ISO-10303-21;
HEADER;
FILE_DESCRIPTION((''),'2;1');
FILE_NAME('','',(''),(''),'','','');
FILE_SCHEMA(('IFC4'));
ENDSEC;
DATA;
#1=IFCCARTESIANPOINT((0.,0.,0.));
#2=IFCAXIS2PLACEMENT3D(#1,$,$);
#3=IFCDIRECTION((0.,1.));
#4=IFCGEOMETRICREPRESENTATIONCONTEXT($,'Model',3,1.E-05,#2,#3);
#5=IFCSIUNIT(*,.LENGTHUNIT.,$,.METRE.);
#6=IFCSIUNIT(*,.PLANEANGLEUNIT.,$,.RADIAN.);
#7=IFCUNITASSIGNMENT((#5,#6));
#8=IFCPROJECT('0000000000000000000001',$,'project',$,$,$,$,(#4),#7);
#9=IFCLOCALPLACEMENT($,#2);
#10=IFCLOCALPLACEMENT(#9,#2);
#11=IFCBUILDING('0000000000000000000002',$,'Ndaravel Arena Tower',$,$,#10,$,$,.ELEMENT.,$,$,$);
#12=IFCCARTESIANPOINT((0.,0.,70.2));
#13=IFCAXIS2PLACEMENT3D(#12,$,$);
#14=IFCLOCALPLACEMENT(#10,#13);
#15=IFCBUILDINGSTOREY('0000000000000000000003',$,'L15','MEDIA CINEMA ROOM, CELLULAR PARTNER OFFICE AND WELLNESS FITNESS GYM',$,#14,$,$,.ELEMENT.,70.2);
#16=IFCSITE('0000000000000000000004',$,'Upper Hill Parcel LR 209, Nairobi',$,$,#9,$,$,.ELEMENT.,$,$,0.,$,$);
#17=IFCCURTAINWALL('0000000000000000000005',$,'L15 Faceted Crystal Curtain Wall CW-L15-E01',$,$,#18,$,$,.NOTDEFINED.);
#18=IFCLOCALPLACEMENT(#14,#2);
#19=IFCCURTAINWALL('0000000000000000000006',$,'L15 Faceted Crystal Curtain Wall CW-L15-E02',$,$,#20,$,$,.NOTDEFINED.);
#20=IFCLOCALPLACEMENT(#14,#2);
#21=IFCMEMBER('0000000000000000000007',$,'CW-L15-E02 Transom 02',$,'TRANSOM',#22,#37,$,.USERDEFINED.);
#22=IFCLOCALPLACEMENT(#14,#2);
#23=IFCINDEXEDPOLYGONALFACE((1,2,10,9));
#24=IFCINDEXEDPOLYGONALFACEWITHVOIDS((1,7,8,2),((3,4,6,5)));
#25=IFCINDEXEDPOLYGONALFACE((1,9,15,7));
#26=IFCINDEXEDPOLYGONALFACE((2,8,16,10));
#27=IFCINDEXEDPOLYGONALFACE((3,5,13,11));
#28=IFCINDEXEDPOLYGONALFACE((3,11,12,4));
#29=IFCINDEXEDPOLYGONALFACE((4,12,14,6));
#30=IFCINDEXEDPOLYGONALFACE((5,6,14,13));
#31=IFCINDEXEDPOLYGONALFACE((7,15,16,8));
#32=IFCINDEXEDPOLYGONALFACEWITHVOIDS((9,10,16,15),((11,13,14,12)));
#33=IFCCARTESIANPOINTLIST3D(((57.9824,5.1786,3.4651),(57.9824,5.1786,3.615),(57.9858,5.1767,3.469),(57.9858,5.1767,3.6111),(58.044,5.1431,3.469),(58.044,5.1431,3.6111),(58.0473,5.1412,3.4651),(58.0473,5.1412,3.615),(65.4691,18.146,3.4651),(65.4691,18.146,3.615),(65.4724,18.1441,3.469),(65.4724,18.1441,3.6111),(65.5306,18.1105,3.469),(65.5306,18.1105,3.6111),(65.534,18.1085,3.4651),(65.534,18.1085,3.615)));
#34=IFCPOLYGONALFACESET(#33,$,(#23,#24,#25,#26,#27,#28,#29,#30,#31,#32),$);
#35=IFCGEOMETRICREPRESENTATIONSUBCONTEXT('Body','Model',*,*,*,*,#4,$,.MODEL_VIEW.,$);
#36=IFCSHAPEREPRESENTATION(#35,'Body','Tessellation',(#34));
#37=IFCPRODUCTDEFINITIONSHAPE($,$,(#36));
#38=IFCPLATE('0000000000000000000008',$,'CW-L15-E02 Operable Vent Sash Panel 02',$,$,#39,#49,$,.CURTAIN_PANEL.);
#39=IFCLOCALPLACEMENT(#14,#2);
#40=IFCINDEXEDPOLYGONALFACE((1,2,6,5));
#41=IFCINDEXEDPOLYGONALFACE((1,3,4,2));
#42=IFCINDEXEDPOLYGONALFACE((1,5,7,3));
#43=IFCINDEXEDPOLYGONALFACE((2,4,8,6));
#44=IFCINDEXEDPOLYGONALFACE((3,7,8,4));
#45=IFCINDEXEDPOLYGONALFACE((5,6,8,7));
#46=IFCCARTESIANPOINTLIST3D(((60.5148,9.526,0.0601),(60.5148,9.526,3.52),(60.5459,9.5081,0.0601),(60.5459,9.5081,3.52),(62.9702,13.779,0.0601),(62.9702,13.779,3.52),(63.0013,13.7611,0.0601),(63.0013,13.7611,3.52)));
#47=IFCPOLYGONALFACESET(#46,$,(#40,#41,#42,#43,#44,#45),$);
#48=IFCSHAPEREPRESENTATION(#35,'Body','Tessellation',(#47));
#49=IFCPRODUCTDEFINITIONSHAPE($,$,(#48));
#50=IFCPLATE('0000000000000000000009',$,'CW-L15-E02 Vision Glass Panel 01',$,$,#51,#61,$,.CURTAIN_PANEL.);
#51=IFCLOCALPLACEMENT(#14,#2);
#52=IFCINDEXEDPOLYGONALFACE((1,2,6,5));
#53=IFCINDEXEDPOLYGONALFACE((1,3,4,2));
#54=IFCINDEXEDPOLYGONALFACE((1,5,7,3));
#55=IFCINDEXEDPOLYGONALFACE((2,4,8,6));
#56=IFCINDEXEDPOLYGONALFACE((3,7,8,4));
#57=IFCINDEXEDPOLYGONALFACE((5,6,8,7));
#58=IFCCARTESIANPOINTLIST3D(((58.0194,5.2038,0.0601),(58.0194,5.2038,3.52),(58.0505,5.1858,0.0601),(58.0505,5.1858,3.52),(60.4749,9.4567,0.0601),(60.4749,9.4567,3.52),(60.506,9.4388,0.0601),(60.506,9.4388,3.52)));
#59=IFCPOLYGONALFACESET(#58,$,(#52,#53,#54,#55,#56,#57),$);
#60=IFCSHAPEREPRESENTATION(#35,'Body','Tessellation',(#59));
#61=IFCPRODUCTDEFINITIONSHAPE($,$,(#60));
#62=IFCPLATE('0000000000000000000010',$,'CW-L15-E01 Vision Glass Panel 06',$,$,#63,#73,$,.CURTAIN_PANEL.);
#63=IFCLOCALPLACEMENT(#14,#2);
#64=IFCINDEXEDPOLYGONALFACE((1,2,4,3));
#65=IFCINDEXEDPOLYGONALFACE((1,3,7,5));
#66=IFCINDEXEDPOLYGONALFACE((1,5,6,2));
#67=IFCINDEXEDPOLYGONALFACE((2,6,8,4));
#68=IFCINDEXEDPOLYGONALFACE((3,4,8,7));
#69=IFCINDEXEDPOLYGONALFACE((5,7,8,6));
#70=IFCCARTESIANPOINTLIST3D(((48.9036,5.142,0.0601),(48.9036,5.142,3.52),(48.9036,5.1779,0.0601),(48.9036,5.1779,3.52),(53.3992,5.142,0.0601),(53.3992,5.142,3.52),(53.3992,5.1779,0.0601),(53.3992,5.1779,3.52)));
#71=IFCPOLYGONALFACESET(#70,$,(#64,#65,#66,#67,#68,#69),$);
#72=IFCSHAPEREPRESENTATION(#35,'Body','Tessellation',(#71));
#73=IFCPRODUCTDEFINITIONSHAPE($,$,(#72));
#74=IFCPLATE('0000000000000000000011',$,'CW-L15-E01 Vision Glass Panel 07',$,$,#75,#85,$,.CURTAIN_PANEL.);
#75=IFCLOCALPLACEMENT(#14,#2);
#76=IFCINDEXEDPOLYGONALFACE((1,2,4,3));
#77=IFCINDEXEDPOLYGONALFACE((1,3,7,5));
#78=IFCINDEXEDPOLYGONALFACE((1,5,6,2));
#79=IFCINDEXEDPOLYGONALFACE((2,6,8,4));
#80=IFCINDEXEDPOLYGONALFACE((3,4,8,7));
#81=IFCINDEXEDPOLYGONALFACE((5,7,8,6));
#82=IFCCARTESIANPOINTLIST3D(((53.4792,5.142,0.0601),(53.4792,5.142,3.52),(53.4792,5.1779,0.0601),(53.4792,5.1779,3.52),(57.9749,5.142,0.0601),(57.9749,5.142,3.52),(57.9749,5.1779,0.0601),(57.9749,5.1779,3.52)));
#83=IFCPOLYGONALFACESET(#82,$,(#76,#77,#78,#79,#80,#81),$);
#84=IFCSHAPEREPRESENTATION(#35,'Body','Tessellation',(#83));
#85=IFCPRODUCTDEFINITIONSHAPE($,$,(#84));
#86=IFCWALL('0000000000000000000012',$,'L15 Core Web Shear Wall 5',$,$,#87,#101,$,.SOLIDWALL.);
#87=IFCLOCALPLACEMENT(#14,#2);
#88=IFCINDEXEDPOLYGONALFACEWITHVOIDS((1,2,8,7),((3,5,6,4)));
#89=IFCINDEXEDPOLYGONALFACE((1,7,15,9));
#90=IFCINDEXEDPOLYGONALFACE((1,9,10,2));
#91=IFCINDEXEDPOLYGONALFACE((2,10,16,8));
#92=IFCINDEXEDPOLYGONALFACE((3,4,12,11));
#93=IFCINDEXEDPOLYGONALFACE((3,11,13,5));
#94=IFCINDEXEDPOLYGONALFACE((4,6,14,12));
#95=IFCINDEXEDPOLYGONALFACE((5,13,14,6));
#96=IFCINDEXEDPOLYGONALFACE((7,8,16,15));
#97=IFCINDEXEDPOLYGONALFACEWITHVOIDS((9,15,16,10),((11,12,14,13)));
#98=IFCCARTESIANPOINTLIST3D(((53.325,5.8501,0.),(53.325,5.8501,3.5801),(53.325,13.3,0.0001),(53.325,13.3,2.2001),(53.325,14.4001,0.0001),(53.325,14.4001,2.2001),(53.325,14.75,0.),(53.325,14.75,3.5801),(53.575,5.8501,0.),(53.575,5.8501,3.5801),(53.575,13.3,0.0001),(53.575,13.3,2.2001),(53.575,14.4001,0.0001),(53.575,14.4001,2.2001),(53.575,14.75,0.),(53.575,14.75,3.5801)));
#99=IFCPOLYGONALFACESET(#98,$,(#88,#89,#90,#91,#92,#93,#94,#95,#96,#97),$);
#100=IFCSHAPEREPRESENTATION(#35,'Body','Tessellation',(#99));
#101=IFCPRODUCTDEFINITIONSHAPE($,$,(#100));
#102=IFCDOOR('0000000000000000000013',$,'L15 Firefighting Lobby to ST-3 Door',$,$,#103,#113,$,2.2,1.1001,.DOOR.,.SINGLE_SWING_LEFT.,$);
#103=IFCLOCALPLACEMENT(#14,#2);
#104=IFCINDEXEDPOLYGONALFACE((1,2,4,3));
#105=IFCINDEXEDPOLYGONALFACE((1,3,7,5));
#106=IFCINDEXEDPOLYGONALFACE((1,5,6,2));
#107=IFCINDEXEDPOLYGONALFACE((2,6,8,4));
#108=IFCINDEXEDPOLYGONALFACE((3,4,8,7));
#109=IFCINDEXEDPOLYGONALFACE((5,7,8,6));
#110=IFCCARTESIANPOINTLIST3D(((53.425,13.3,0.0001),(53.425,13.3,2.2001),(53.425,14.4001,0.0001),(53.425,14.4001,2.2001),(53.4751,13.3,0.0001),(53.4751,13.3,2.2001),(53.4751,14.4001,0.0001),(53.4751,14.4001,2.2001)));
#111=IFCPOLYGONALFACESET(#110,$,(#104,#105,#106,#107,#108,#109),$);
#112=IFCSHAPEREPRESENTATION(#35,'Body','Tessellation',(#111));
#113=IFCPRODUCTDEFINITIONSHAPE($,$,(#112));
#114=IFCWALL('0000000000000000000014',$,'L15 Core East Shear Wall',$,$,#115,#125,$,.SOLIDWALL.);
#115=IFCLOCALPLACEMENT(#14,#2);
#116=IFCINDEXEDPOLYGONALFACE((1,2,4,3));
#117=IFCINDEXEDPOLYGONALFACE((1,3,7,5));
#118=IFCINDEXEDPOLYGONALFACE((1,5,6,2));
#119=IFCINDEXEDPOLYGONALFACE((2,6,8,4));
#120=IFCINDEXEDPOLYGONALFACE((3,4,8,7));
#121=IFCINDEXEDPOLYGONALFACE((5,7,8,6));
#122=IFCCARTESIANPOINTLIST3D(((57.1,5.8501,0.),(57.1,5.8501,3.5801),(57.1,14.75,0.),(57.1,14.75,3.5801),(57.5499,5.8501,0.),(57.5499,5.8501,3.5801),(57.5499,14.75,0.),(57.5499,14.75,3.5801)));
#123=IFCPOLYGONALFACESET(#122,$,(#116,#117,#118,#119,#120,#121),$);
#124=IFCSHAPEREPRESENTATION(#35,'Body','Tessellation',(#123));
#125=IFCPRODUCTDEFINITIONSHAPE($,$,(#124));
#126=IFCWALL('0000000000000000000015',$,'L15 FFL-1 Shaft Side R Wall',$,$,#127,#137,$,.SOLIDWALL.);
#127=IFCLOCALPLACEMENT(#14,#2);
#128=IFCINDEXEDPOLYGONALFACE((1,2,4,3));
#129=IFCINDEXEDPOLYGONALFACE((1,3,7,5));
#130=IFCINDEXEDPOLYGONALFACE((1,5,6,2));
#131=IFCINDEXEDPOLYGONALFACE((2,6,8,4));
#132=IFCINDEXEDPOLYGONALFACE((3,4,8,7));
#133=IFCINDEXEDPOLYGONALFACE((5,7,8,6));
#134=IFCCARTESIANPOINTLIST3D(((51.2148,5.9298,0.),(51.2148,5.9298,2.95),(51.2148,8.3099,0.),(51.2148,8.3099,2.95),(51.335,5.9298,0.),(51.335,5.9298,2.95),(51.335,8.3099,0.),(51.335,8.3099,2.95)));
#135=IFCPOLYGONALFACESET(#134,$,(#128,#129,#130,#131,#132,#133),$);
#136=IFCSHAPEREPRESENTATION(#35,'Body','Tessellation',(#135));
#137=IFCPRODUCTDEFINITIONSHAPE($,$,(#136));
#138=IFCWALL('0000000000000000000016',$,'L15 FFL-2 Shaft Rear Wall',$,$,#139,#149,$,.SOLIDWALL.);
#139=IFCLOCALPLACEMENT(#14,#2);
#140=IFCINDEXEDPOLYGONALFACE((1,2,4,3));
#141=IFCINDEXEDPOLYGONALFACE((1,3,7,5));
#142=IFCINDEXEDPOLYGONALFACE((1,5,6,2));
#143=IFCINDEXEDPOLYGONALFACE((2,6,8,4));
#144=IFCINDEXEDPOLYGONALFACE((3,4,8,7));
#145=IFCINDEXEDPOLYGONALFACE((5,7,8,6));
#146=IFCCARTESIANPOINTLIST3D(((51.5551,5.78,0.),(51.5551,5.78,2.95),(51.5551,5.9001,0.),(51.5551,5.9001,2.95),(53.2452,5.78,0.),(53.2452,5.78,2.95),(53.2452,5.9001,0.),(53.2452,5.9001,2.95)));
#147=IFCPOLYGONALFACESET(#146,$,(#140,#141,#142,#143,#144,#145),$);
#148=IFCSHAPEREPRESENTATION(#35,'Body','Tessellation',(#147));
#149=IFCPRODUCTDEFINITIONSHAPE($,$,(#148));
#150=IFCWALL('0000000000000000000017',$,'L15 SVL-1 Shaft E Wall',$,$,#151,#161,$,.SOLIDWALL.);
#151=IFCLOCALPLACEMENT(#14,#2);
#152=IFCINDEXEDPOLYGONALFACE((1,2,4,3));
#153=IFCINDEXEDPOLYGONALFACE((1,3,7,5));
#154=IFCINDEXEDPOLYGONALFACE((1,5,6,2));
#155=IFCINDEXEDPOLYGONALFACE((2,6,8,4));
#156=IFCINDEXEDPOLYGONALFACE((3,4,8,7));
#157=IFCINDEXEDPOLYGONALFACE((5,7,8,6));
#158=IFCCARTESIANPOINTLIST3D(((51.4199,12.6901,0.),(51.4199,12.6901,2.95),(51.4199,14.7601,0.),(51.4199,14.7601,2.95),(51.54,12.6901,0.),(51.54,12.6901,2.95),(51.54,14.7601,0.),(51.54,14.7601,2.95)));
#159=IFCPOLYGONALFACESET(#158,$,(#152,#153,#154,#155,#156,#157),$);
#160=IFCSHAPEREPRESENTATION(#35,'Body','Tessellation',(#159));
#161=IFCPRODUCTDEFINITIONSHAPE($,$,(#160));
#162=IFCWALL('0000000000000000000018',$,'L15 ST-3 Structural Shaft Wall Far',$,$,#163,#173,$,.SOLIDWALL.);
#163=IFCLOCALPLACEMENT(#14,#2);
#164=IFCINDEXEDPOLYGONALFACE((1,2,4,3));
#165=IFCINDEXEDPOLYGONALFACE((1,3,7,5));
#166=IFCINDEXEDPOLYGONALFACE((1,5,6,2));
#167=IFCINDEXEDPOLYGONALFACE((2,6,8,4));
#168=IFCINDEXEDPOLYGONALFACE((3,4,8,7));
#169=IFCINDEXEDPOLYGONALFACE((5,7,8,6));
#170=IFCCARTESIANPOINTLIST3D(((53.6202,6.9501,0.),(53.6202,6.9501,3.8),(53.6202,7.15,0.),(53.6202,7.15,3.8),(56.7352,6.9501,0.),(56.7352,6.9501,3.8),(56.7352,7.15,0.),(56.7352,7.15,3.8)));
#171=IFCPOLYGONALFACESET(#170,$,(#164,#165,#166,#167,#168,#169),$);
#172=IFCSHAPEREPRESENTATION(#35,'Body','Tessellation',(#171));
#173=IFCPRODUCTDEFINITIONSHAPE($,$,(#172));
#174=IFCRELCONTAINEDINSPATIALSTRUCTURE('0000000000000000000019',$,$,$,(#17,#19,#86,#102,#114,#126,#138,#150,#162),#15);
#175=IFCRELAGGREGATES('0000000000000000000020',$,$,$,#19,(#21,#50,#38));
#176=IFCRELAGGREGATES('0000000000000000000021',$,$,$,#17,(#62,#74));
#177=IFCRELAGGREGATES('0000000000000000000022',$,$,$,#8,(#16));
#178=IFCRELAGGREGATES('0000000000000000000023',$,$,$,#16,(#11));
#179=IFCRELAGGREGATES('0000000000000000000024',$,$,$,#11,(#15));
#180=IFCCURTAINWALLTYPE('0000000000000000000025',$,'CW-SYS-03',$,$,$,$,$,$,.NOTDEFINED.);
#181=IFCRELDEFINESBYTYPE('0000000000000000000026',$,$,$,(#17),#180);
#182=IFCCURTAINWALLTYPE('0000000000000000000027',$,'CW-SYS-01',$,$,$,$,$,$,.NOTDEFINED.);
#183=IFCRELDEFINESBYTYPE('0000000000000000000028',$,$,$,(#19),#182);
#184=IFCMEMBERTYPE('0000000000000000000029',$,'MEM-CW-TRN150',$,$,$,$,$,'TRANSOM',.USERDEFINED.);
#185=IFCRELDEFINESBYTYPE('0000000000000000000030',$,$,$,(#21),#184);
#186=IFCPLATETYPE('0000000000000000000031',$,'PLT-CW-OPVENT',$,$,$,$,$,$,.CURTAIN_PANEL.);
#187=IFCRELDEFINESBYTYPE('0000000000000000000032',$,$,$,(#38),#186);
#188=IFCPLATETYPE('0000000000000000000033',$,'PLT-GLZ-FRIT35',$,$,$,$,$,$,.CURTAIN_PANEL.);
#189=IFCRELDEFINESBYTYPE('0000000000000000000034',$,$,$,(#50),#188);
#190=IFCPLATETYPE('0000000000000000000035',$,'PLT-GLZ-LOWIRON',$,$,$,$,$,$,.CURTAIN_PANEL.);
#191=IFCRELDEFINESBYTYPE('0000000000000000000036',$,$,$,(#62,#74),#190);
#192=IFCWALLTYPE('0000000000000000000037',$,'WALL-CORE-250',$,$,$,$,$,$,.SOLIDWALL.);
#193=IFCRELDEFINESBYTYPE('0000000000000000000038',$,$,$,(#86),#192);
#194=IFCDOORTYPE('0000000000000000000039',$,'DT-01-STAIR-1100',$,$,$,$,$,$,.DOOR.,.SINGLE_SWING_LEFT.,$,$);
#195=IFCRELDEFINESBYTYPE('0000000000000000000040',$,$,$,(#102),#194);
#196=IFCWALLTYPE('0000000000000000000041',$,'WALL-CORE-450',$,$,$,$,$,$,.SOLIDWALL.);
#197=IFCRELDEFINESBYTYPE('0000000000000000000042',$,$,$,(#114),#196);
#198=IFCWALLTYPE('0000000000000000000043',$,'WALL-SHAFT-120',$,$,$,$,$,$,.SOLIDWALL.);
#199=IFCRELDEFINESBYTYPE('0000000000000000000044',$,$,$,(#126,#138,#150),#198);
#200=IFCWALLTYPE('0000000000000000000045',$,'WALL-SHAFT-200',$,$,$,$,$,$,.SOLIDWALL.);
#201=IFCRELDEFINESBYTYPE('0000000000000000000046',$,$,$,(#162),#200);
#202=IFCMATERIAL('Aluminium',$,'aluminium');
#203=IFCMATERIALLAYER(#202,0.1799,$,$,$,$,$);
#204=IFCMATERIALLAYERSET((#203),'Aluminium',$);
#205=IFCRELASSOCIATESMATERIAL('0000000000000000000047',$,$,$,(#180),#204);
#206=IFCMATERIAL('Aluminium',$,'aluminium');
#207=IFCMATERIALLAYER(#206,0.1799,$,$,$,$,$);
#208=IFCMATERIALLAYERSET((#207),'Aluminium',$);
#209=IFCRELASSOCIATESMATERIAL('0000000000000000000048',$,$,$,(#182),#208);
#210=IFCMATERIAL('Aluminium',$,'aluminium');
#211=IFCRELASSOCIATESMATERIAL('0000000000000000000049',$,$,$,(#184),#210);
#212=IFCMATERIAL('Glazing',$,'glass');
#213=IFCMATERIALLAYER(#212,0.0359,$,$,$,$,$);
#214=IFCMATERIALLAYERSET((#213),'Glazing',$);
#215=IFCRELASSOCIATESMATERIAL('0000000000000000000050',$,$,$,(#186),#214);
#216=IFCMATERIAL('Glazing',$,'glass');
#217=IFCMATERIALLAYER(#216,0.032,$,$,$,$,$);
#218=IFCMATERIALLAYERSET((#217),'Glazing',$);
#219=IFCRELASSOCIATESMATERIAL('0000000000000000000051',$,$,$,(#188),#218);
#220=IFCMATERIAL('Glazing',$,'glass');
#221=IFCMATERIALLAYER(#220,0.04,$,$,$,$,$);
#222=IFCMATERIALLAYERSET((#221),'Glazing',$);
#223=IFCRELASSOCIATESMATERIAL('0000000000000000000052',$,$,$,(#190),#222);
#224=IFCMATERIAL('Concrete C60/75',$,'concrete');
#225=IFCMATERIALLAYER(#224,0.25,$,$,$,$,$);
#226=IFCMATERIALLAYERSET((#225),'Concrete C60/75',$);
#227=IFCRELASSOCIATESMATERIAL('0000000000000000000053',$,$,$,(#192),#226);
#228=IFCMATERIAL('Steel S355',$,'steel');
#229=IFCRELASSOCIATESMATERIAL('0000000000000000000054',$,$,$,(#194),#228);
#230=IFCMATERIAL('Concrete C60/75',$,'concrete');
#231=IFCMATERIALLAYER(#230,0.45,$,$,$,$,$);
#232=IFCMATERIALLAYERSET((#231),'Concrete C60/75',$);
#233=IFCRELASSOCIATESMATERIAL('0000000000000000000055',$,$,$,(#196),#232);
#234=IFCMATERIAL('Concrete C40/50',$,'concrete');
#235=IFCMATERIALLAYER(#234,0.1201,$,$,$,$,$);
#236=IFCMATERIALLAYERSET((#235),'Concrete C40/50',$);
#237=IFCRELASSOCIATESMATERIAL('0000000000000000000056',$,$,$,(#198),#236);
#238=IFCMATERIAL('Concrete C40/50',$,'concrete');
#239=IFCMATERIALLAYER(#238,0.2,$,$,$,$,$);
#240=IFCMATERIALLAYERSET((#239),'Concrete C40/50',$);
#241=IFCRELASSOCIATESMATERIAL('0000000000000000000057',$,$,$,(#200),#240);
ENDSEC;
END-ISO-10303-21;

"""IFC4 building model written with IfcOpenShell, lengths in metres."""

from ifc_helpers import new_model, si_unit, direction, frame, frame_2d, origin, origin_2d, place, context, subcontext, project, spatial, rectangle, hollow_rectangle, extrude, material, layer, layer_set, material_profile, profile_set, type_object, element, fill, aggregate, save


model = new_model("IFC4")

# Units and contexts
model_context = context("Model", 3, precision=1e-05, world=origin(), true_north=direction((0.0, 1.0)))
body_context = subcontext(model_context, "Body", "Model", "MODEL_VIEW")
ifc_project = project(units=[si_unit("LENGTHUNIT", "METRE"), si_unit("PLANEANGLEUNIT", "RADIAN")], contexts=[model_context])

# Site, building, storey
site_placement = place(None, origin())
site = spatial("IfcSite", under=ifc_project, at=site_placement, Name="Upper Hill Parcel LR 209, Nairobi", CompositionType="ELEMENT", RefElevation=0.0)
building_placement = place(site_placement, origin())
building = spatial("IfcBuilding", under=site, at=building_placement, Name="Ndaravel Arena Tower", CompositionType="ELEMENT")
storey_placement = place(building_placement, frame((0.0, 0.0, 70.2)))
storey = spatial("IfcBuildingStorey", under=building, at=storey_placement, Name="L15", Description="MEDIA CINEMA ROOM, CELLULAR PARTNER OFFICE AND WELLNESS FITNESS GYM", CompositionType="ELEMENT", Elevation=70.2)

# Curtain wall
ifc_material_1 = material(Name="Aluminium", Category="aluminium")
ifc_layer_1 = layer(ifc_material_1, 0.1799)
ifc_layer_set_1 = layer_set([ifc_layer_1], Name="Aluminium")
curtain_wall_type_1 = type_object("IfcCurtainWallType", Name="CW-SYS-03", PredefinedType="NOTDEFINED", material=ifc_layer_set_1)
curtain_wall_1_placement = place(storey_placement, origin())
curtain_wall_1 = element("IfcCurtainWall", 1, at=curtain_wall_1_placement, inside=storey, type_object=curtain_wall_type_1, Name="L15 Faceted Crystal Curtain Wall CW-L15-E01", PredefinedType="NOTDEFINED")

# Curtain wall, member, plates
ifc_material_2 = material(Name="Aluminium", Category="aluminium")
ifc_layer_2 = layer(ifc_material_2, 0.1799)
ifc_layer_set_2 = layer_set([ifc_layer_2], Name="Aluminium")
curtain_wall_type_2 = type_object("IfcCurtainWallType", Name="CW-SYS-01", PredefinedType="NOTDEFINED", material=ifc_layer_set_2)
curtain_wall_2_placement = place(storey_placement, origin())
curtain_wall_2 = element("IfcCurtainWall", 2, at=curtain_wall_2_placement, inside=storey, type_object=curtain_wall_type_2, Name="L15 Faceted Crystal Curtain Wall CW-L15-E02", PredefinedType="NOTDEFINED")
ifc_material_3 = material(Name="Aluminium", Category="aluminium")
ifc_material_profile_1 = material_profile(ifc_material_3, hollow_rectangle(XDim=0.075, YDim=0.1499, WallThickness=0.0039, at=origin_2d()), Name="CW TRANSOM 75x150x4")
ifc_profile_set_1 = profile_set([ifc_material_profile_1], Name="Aluminium")
member_type_1 = type_object("IfcMemberType", Name="MEM-CW-TRN150", ElementType="TRANSOM", PredefinedType="USERDEFINED", material=ifc_profile_set_1)
member_1_placement = place(storey_placement, frame((58.0149, 5.1599, 3.54), z_axis=(0.499995, 0.866028, 0.0), x_axis=(-0.866028, 0.499995, 0.0)))
member_1 = element("IfcMember", 3, at=member_1_placement, type_object=member_type_1, Name="CW-L15-E02 Transom 02", ObjectType="TRANSOM", PredefinedType="USERDEFINED", context=body_context, shape_type="SweptSolid", body=[
    extrude(hollow_rectangle(XDim=0.075, YDim=0.1499, WallThickness=0.0039, at=origin_2d()), origin(), (0.0, 0.0, 1.0), 14.9734),
])
ifc_material_4 = material(Name="Glazing", Category="glass")
ifc_layer_3 = layer(ifc_material_4, 0.0359)
ifc_layer_set_3 = layer_set([ifc_layer_3], Name="Glazing")
plate_type_1 = type_object("IfcPlateType", Name="PLT-CW-OPVENT", PredefinedType="CURTAIN_PANEL", material=ifc_layer_set_3)
plate_1_placement = place(storey_placement, frame((61.7581, 11.6436, 0.0601), z_axis=(0.0, 0.0, 1.0), x_axis=(0.5, 0.866025, 0.0)))
plate_1 = element("IfcPlate", 4, at=plate_1_placement, type_object=plate_type_1, Name="CW-L15-E02 Operable Vent Sash Panel 02", PredefinedType="CURTAIN_PANEL", context=body_context, shape_type="SweptSolid", body=[
    extrude(rectangle(XDim=4.9109, YDim=0.0359, at=origin_2d()), origin(), (0.0, 0.0, 1.0), 3.46),
])
ifc_material_5 = material(Name="Glazing", Category="glass")
ifc_layer_4 = layer(ifc_material_5, 0.032)
ifc_layer_set_4 = layer_set([ifc_layer_4], Name="Glazing")
plate_type_2 = type_object("IfcPlateType", Name="PLT-GLZ-FRIT35", PredefinedType="CURTAIN_PANEL", material=ifc_layer_set_4)
plate_2_placement = place(storey_placement, frame((59.2627, 7.3213, 0.0601), z_axis=(0.0, 0.0, 1.0), x_axis=(0.5, 0.866025, 0.0)))
plate_2 = element("IfcPlate", 5, at=plate_2_placement, type_object=plate_type_2, Name="CW-L15-E02 Vision Glass Panel 01", PredefinedType="CURTAIN_PANEL", context=body_context, shape_type="SweptSolid", body=[
    extrude(rectangle(XDim=4.9109, YDim=0.0359, at=origin_2d()), origin(), (0.0, 0.0, 1.0), 3.46),
])
aggregate(curtain_wall_2, [member_1, plate_2, plate_1])

# Plates
ifc_material_6 = material(Name="Glazing", Category="glass")
ifc_layer_5 = layer(ifc_material_6, 0.04)
ifc_layer_set_5 = layer_set([ifc_layer_5], Name="Glazing")
plate_type_3 = type_object("IfcPlateType", Name="PLT-GLZ-LOWIRON", PredefinedType="CURTAIN_PANEL", material=ifc_layer_set_5)
plate_3_placement = place(storey_placement, frame((51.1514, 5.1599, 0.0601), z_axis=(0.0, 0.0, 1.0), x_axis=(1.0, 0.0, 0.0)))
plate_3 = element("IfcPlate", 6, at=plate_3_placement, type_object=plate_type_3, Name="CW-L15-E01 Vision Glass Panel 06", PredefinedType="CURTAIN_PANEL", context=body_context, shape_type="SweptSolid", body=[
    extrude(rectangle(XDim=4.4956, YDim=0.0359, at=origin_2d()), origin(), (0.0, 0.0, 1.0), 3.46),
])
plate_4_placement = place(storey_placement, frame((55.7271, 5.1599, 0.0601), z_axis=(0.0, 0.0, 1.0), x_axis=(1.0, 0.0, 0.0)))
plate_4 = element("IfcPlate", 7, at=plate_4_placement, type_object=plate_type_3, Name="CW-L15-E01 Vision Glass Panel 07", PredefinedType="CURTAIN_PANEL", context=body_context, shape_type="SweptSolid", body=[
    extrude(rectangle(XDim=4.4956, YDim=0.0359, at=origin_2d()), origin(), (0.0, 0.0, 1.0), 3.46),
])
aggregate(curtain_wall_1, [plate_3, plate_4])

# Wall, opening, door
ifc_material_7 = material(Name="Concrete C60/75", Category="concrete")
ifc_layer_6 = layer(ifc_material_7, 0.25)
ifc_layer_set_6 = layer_set([ifc_layer_6], Name="Concrete C60/75")
wall_type_1 = type_object("IfcWallType", Name="WALL-CORE-250", PredefinedType="SOLIDWALL", material=ifc_layer_set_6)
wall_1_placement = place(storey_placement, frame((53.45, 5.8501, 0.0), z_axis=(0.0, 0.0, 1.0), x_axis=(0.0, 1.0, 0.0)))
wall_1 = element("IfcWall", 8, at=wall_1_placement, inside=storey, type_object=wall_type_1, Name="L15 Core Web Shear Wall 5", PredefinedType="SOLIDWALL", context=body_context, shape_type="SweptSolid", body=[
    extrude(rectangle(XDim=8.8999, YDim=0.25, at=frame_2d((4.45, 0.0))), origin(), (0.0, 0.0, 1.0), 3.5801),
])
opening_1_placement = place(wall_1_placement, frame((7.45, 0.0, 0.0)))
opening_1 = element("IfcOpeningElement", 9, at=opening_1_placement, cuts=wall_1, PredefinedType="OPENING", context=body_context, shape_type="SweptSolid", body=[
    extrude(rectangle(XDim=1.1001, YDim=2.2, at=frame_2d((0.55, 1.1001))), frame((0.0, 0.125, 0.0), z_axis=(0.0, -1.0, 0.0), x_axis=(1.0, 0.0, 0.0)), (0.0, 0.0, 1.0), 0.25),
])
ifc_material_8 = material(Name="Steel S355", Category="steel")
door_type_1 = type_object("IfcDoorType", Name="DT-01-STAIR-1100", OperationType="SINGLE_SWING_LEFT", PredefinedType="DOOR", material=ifc_material_8)
door_1_placement = place(opening_1_placement, origin())
door_1 = element("IfcDoor", 10, at=door_1_placement, inside=storey, type_object=door_type_1, Name="L15 Firefighting Lobby to ST-3 Door", OperationType="SINGLE_SWING_LEFT", OverallHeight=2.2, OverallWidth=1.1001, PredefinedType="DOOR", context=body_context, shape_type="SweptSolid", body=[
    extrude(rectangle(XDim=1.1001, YDim=2.2, at=frame_2d((0.55, 1.1001))), frame((0.0, 0.0249, 0.0), z_axis=(0.0, -1.0, 0.0), x_axis=(1.0, 0.0, 0.0)), (0.0, 0.0, 1.0), 0.05),
])
fill(opening_1, door_1)

# Walls
ifc_material_9 = material(Name="Concrete C60/75", Category="concrete")
ifc_layer_7 = layer(ifc_material_9, 0.45)
ifc_layer_set_7 = layer_set([ifc_layer_7], Name="Concrete C60/75")
wall_type_2 = type_object("IfcWallType", Name="WALL-CORE-450", PredefinedType="SOLIDWALL", material=ifc_layer_set_7)
wall_2_placement = place(storey_placement, frame((57.325, 5.8501, 0.0), z_axis=(0.0, 0.0, 1.0), x_axis=(0.0, 1.0, 0.0)))
element("IfcWall", 11, at=wall_2_placement, inside=storey, type_object=wall_type_2, Name="L15 Core East Shear Wall", PredefinedType="SOLIDWALL", context=body_context, shape_type="SweptSolid", body=[
    extrude(rectangle(XDim=8.8999, YDim=0.45, at=frame_2d((4.45, 0.0))), origin(), (0.0, 0.0, 1.0), 3.5801),
])
ifc_material_10 = material(Name="Concrete C40/50", Category="concrete")
ifc_layer_8 = layer(ifc_material_10, 0.1201)
ifc_layer_set_8 = layer_set([ifc_layer_8], Name="Concrete C40/50")
wall_type_3 = type_object("IfcWallType", Name="WALL-SHAFT-120", PredefinedType="SOLIDWALL", material=ifc_layer_set_8)
wall_3_placement = place(storey_placement, frame((51.2749, 5.9299, 0.0), z_axis=(0.0, 0.0, 1.0), x_axis=(0.0, 1.0, 0.0)))
element("IfcWall", 12, at=wall_3_placement, inside=storey, type_object=wall_type_3, Name="L15 FFL-1 Shaft Side R Wall", PredefinedType="SOLIDWALL", context=body_context, shape_type="SweptSolid", body=[
    extrude(rectangle(XDim=2.3801, YDim=0.1201, at=frame_2d((1.1899, 0.0))), origin(), (0.0, 0.0, 1.0), 2.95),
])
wall_4_placement = place(storey_placement, frame((51.5549, 5.8401, 0.0), z_axis=(0.0, 0.0, 1.0), x_axis=(1.0, 0.0, 0.0)))
element("IfcWall", 13, at=wall_4_placement, inside=storey, type_object=wall_type_3, Name="L15 FFL-2 Shaft Rear Wall", PredefinedType="SOLIDWALL", context=body_context, shape_type="SweptSolid", body=[
    extrude(rectangle(XDim=1.6902, YDim=0.1201, at=frame_2d((0.8452, 0.0))), origin(), (0.0, 0.0, 1.0), 2.95),
])
wall_5_placement = place(storey_placement, frame((51.48, 12.6899, 0.0), z_axis=(0.0, 0.0, 1.0), x_axis=(0.0, 1.0, 0.0)))
element("IfcWall", 14, at=wall_5_placement, inside=storey, type_object=wall_type_3, Name="L15 SVL-1 Shaft E Wall", PredefinedType="SOLIDWALL", context=body_context, shape_type="SweptSolid", body=[
    extrude(rectangle(XDim=2.0701, YDim=0.1201, at=frame_2d((1.0352, 0.0))), origin(), (0.0, 0.0, 1.0), 2.95),
])
ifc_material_11 = material(Name="Concrete C40/50", Category="concrete")
ifc_layer_9 = layer(ifc_material_11, 0.2)
ifc_layer_set_9 = layer_set([ifc_layer_9], Name="Concrete C40/50")
wall_type_4 = type_object("IfcWallType", Name="WALL-SHAFT-200", PredefinedType="SOLIDWALL", material=ifc_layer_set_9)
wall_6_placement = place(storey_placement, frame((53.6201, 7.05, 0.0), z_axis=(0.0, 0.0, 1.0), x_axis=(1.0, 0.0, 0.0)))
element("IfcWall", 15, at=wall_6_placement, inside=storey, type_object=wall_type_4, Name="L15 ST-3 Structural Shaft Wall Far", PredefinedType="SOLIDWALL", context=body_context, shape_type="SweptSolid", body=[
    extrude(rectangle(XDim=3.115, YDim=0.2, at=frame_2d((1.5576, 0.0))), origin(), (0.0, 0.0, 1.0), 3.8),
])

save(model, "model.ifc")
